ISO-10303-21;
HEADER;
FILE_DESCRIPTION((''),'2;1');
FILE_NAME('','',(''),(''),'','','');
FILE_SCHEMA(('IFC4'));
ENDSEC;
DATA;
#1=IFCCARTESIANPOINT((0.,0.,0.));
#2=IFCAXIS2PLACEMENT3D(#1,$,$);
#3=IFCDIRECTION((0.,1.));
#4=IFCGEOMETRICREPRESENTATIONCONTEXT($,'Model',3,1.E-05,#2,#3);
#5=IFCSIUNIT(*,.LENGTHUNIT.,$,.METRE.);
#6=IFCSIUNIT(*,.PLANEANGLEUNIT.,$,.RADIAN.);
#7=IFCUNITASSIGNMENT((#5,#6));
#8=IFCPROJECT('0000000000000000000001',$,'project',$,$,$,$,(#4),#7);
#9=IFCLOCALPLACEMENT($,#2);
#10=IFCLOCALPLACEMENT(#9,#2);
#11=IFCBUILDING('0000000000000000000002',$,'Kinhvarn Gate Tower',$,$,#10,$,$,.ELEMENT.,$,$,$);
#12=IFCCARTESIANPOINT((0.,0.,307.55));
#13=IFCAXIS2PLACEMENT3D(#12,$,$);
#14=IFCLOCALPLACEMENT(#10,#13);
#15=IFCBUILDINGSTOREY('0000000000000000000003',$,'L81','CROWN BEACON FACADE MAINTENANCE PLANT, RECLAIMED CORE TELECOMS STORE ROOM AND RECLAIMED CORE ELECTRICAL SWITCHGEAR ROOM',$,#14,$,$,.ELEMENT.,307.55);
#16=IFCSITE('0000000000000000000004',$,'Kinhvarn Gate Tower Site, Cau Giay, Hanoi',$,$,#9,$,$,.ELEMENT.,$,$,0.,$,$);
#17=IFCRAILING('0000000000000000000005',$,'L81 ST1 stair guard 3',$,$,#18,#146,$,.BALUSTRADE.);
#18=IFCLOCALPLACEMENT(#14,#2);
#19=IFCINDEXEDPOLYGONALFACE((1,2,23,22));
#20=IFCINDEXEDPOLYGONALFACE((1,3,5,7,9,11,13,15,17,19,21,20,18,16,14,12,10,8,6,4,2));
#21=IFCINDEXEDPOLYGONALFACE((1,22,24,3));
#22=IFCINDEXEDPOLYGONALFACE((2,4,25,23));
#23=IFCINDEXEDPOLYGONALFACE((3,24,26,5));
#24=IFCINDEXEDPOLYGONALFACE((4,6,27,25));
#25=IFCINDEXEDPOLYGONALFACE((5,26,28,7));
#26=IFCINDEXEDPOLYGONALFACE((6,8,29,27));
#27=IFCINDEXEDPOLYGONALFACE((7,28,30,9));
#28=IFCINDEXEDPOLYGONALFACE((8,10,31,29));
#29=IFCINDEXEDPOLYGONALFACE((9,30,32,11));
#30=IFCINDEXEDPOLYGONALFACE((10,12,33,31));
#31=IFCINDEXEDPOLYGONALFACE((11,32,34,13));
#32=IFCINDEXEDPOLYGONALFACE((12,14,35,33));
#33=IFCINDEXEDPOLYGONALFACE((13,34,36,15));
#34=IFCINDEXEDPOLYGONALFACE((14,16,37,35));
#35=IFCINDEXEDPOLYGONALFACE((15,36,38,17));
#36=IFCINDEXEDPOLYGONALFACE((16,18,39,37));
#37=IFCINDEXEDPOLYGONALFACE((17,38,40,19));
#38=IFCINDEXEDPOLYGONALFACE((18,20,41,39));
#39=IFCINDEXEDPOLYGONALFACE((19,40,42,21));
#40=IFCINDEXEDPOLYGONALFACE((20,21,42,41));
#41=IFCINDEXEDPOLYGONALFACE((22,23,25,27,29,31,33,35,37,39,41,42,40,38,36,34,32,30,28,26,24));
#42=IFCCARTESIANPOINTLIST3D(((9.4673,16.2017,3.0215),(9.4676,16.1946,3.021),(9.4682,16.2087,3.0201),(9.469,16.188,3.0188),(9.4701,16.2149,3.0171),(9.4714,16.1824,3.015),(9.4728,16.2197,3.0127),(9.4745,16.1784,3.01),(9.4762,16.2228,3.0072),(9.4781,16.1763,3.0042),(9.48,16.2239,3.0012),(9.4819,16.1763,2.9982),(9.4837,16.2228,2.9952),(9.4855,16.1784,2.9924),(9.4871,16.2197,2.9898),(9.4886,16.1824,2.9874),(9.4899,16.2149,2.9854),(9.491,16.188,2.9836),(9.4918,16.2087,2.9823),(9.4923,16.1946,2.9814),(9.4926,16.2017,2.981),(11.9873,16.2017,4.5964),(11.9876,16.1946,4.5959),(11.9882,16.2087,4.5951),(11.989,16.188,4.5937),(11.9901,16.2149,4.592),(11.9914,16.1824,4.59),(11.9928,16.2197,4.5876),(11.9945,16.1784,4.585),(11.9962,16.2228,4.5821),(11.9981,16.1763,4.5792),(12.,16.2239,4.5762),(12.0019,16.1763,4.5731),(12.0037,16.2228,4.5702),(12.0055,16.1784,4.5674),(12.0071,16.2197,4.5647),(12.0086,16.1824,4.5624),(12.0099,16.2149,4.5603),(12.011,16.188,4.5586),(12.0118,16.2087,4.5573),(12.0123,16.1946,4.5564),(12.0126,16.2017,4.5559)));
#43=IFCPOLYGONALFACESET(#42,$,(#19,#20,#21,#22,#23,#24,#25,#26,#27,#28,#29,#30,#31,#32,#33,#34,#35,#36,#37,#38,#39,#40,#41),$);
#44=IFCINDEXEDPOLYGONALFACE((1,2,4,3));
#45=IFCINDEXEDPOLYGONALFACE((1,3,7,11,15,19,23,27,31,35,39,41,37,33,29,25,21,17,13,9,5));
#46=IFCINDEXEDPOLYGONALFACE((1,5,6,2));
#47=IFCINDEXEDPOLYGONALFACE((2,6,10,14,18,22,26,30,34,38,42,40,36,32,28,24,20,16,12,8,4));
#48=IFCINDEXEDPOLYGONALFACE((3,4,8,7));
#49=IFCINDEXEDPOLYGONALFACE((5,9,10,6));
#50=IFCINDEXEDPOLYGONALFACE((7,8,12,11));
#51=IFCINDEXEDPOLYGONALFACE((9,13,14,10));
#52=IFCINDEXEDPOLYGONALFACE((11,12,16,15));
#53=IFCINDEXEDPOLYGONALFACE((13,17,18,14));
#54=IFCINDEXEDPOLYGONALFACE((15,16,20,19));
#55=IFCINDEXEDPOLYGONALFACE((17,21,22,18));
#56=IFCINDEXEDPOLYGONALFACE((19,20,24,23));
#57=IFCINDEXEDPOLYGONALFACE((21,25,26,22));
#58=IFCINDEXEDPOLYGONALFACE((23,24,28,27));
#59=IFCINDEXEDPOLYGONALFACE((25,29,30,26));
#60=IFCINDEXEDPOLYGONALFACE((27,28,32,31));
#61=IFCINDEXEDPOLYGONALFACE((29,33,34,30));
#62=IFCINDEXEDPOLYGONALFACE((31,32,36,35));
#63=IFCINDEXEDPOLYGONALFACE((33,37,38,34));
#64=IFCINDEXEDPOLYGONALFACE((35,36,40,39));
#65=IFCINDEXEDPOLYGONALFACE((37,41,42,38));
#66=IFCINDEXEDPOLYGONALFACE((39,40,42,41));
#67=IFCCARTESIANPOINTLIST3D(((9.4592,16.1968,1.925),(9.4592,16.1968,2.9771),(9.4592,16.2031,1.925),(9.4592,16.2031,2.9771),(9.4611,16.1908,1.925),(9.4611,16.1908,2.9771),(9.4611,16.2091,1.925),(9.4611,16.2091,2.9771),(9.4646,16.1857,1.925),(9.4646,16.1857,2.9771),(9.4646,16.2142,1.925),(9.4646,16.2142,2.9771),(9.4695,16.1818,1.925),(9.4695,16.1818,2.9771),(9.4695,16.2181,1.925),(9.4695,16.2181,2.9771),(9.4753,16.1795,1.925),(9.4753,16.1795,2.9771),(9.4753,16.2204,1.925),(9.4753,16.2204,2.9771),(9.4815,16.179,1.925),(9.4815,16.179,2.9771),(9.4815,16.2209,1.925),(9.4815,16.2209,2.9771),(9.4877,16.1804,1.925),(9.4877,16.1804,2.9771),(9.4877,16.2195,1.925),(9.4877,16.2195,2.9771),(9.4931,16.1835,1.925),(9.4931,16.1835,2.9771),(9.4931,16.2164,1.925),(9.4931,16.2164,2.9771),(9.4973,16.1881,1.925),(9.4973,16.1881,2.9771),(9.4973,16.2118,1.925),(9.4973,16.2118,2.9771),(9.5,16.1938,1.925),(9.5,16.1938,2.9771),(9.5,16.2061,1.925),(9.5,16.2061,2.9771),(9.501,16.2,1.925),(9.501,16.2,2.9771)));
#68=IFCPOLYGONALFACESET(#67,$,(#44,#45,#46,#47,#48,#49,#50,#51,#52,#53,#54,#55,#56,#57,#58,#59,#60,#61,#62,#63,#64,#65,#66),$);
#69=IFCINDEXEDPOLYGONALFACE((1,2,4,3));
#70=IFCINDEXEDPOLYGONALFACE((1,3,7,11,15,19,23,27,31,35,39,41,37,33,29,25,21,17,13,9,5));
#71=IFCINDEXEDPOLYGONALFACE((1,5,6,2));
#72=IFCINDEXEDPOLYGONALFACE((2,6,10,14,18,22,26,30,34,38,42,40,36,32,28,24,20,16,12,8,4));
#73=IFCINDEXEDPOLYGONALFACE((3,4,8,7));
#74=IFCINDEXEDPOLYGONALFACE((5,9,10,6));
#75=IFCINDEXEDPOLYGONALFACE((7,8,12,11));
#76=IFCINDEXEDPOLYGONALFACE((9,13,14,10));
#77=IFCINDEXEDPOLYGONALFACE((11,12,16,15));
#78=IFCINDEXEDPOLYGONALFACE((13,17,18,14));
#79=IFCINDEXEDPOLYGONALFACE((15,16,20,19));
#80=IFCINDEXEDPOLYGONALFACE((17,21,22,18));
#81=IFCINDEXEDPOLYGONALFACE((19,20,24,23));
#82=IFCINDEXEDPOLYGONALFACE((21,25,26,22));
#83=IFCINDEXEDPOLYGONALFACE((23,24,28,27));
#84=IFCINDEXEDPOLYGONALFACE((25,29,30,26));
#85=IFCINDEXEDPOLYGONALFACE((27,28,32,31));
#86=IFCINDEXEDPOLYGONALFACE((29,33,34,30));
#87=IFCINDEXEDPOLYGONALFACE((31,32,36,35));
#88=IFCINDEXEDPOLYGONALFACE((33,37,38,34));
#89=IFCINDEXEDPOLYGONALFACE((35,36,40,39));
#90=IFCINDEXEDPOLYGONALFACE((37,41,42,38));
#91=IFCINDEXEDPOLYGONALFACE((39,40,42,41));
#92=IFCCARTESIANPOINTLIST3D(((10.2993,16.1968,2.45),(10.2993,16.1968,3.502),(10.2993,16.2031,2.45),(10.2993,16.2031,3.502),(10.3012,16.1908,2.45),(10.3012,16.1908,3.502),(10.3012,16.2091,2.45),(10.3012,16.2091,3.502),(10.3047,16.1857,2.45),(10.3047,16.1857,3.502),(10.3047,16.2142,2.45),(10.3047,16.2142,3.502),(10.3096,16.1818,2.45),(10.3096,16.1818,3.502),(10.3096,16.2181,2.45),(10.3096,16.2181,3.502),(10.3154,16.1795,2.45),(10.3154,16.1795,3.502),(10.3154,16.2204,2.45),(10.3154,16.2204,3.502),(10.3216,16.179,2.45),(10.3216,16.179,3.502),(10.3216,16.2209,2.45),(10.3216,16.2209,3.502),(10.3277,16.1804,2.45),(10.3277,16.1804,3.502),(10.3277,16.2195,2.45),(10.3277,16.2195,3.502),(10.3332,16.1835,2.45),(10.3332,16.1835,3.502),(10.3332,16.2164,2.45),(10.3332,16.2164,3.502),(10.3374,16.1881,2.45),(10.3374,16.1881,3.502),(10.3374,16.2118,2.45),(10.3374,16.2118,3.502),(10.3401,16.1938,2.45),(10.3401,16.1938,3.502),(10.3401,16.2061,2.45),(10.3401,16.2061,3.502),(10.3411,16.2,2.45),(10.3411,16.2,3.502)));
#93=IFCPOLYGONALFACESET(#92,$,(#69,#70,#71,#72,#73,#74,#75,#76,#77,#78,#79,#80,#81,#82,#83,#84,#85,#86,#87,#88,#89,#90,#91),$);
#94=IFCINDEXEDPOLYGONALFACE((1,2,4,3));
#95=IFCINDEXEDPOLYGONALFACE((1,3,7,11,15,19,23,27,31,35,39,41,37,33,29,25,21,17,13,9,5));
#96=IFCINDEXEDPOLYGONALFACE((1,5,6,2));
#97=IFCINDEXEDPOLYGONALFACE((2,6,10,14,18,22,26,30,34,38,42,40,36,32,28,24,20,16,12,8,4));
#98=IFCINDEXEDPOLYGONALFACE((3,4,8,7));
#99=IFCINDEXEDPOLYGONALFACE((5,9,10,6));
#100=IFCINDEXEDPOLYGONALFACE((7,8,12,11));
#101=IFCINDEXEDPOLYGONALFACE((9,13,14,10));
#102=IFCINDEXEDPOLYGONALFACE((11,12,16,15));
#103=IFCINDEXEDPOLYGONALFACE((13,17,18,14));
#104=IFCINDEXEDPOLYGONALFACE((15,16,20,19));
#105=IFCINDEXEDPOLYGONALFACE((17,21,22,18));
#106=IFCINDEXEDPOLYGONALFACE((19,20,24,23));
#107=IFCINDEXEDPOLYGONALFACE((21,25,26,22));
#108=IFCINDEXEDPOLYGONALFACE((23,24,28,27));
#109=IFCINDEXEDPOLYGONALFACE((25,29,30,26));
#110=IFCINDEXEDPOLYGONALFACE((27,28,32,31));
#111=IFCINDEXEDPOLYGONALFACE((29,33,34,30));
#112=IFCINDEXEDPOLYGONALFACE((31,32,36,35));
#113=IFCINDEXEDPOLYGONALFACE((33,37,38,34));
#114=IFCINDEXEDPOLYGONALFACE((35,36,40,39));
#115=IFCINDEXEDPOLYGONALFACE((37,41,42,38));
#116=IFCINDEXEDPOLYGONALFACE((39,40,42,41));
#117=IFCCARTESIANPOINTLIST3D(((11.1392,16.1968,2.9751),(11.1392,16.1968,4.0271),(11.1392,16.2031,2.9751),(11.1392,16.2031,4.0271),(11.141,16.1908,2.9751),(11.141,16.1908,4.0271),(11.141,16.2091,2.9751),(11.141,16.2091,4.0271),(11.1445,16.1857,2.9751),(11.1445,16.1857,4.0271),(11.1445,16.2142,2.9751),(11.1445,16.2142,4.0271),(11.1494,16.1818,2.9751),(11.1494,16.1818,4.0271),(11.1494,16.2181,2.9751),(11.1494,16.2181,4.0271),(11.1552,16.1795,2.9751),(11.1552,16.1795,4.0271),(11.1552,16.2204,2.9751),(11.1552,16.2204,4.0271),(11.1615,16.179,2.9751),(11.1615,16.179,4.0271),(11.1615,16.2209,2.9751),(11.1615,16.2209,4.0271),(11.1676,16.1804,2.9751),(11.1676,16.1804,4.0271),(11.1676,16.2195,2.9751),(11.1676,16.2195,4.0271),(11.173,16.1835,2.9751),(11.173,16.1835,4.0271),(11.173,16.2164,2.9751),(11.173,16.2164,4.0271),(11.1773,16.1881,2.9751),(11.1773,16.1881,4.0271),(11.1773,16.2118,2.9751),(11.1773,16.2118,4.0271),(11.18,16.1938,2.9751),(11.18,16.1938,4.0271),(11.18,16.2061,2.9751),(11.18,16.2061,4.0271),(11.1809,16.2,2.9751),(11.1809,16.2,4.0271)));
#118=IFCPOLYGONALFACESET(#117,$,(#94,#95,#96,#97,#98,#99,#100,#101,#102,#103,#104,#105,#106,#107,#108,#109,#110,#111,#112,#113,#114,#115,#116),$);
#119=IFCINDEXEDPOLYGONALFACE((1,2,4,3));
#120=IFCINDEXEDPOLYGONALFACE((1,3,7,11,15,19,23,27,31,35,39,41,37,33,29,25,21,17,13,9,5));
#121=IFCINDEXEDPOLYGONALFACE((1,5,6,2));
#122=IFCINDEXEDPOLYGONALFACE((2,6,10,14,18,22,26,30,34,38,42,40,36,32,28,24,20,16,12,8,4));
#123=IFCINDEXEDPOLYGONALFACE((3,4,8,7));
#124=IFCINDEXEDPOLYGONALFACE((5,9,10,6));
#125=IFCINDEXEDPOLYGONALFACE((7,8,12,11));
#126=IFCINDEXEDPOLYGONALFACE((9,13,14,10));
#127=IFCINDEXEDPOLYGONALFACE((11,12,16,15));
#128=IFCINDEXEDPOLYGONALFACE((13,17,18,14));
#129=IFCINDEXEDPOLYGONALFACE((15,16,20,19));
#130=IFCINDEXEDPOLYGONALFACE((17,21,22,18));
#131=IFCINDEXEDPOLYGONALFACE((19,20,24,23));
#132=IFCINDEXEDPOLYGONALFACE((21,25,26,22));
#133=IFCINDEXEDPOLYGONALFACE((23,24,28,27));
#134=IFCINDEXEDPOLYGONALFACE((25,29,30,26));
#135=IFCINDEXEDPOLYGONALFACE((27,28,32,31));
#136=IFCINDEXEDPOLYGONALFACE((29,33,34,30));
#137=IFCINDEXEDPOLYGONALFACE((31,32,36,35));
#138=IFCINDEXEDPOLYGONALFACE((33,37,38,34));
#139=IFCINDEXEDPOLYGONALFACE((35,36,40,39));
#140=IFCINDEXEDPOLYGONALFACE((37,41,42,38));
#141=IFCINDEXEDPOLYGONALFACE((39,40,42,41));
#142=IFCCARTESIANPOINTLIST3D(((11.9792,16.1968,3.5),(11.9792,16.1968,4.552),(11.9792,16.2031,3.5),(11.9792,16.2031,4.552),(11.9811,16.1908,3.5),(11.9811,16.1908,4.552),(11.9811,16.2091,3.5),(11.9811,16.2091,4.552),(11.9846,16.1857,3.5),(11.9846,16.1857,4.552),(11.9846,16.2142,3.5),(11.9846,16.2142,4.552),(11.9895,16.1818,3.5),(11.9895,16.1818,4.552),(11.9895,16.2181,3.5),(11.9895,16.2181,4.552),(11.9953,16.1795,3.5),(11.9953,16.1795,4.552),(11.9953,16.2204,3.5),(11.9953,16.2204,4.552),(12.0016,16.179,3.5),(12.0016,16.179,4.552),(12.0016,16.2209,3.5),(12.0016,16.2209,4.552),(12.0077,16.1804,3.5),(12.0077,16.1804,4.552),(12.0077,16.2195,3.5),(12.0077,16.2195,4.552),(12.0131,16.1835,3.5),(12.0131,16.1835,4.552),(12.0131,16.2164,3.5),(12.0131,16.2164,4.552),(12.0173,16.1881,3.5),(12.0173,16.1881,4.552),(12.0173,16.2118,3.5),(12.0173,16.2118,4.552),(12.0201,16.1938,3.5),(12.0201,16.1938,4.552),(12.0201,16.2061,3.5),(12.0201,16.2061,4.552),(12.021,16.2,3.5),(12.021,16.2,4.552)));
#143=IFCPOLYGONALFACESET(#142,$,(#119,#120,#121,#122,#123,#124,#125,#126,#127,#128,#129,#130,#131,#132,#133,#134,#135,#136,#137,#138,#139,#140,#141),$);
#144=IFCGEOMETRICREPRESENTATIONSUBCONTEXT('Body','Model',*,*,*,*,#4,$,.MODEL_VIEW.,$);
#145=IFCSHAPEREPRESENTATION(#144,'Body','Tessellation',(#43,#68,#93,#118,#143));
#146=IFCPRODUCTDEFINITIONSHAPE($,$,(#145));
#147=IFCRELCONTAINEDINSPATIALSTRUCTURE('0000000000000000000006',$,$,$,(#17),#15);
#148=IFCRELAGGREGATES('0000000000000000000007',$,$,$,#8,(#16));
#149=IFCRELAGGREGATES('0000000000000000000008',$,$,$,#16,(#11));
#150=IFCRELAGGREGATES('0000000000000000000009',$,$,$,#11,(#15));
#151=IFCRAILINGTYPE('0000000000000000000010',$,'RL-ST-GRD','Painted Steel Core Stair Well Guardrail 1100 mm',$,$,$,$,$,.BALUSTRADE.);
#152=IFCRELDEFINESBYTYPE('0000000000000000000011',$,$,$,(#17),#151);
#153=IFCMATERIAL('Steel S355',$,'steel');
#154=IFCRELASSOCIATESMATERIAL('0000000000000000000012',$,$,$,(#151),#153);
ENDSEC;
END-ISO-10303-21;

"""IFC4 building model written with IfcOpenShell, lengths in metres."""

from ifc_helpers import new_model, si_unit, direction, frame, origin, origin_2d, place, context, subcontext, project, spatial, circle, extrude, material, type_object, element, save


model = new_model("IFC4")

# Units and contexts
model_context = context("Model", 3, precision=1e-05, world=origin(), true_north=direction((0.0, 1.0)))
body_context = subcontext(model_context, "Body", "Model", "MODEL_VIEW")
ifc_project = project(units=[si_unit("LENGTHUNIT", "METRE"), si_unit("PLANEANGLEUNIT", "RADIAN")], contexts=[model_context])

# Site, building, storey
site_placement = place(None, origin())
site = spatial("IfcSite", under=ifc_project, at=site_placement, Name="Kinhvarn Gate Tower Site, Cau Giay, Hanoi", CompositionType="ELEMENT", RefElevation=0.0)
building_placement = place(site_placement, origin())
building = spatial("IfcBuilding", under=site, at=building_placement, Name="Kinhvarn Gate Tower", CompositionType="ELEMENT")
storey_placement = place(building_placement, frame((0.0, 0.0, 307.55)))
storey = spatial("IfcBuildingStorey", under=building, at=storey_placement, Name="L81", Description="CROWN BEACON FACADE MAINTENANCE PLANT, RECLAIMED CORE TELECOMS STORE ROOM AND RECLAIMED CORE ELECTRICAL SWITCHGEAR ROOM", CompositionType="ELEMENT", Elevation=307.55)

# Railing
ifc_material_1 = material(Name="Steel S355", Category="steel")
railing_type_1 = type_object("IfcRailingType", Name="RL-ST-GRD", Description="Painted Steel Core Stair Well Guardrail 1100 mm", PredefinedType="BALUSTRADE", material=ifc_material_1)
railing_1_placement = place(storey_placement, frame((9.48, 16.2, 1.925)))
element("IfcRailing", 1, at=railing_1_placement, inside=storey, type_object=railing_type_1, Name="L81 ST1 stair guard 3", PredefinedType="BALUSTRADE", context=body_context, shape_type="SweptSolid", body=[
    extrude(circle(Radius=0.0239, at=origin_2d()), frame((0.0, 0.0, 1.0762), z_axis=(0.848008, 0.0, 0.529984), x_axis=(0.0, 1.0, 0.0)), (0.0, 0.0, 1.0), 2.9717),
    extrude(circle(Radius=0.021, at=origin_2d()), origin(), (0.0, 0.0, 1.0), 1.052),
    extrude(circle(Radius=0.021, at=origin_2d()), frame((0.8401, 0.0, 0.5249)), (0.0, 0.0, 1.0), 1.052),
    extrude(circle(Radius=0.021, at=origin_2d()), frame((1.6799, 0.0, 1.05)), (0.0, 0.0, 1.0), 1.052),
    extrude(circle(Radius=0.021, at=origin_2d()), frame((2.52, 0.0, 1.575)), (0.0, 0.0, 1.0), 1.052),
])

save(model, "model.ifc")
